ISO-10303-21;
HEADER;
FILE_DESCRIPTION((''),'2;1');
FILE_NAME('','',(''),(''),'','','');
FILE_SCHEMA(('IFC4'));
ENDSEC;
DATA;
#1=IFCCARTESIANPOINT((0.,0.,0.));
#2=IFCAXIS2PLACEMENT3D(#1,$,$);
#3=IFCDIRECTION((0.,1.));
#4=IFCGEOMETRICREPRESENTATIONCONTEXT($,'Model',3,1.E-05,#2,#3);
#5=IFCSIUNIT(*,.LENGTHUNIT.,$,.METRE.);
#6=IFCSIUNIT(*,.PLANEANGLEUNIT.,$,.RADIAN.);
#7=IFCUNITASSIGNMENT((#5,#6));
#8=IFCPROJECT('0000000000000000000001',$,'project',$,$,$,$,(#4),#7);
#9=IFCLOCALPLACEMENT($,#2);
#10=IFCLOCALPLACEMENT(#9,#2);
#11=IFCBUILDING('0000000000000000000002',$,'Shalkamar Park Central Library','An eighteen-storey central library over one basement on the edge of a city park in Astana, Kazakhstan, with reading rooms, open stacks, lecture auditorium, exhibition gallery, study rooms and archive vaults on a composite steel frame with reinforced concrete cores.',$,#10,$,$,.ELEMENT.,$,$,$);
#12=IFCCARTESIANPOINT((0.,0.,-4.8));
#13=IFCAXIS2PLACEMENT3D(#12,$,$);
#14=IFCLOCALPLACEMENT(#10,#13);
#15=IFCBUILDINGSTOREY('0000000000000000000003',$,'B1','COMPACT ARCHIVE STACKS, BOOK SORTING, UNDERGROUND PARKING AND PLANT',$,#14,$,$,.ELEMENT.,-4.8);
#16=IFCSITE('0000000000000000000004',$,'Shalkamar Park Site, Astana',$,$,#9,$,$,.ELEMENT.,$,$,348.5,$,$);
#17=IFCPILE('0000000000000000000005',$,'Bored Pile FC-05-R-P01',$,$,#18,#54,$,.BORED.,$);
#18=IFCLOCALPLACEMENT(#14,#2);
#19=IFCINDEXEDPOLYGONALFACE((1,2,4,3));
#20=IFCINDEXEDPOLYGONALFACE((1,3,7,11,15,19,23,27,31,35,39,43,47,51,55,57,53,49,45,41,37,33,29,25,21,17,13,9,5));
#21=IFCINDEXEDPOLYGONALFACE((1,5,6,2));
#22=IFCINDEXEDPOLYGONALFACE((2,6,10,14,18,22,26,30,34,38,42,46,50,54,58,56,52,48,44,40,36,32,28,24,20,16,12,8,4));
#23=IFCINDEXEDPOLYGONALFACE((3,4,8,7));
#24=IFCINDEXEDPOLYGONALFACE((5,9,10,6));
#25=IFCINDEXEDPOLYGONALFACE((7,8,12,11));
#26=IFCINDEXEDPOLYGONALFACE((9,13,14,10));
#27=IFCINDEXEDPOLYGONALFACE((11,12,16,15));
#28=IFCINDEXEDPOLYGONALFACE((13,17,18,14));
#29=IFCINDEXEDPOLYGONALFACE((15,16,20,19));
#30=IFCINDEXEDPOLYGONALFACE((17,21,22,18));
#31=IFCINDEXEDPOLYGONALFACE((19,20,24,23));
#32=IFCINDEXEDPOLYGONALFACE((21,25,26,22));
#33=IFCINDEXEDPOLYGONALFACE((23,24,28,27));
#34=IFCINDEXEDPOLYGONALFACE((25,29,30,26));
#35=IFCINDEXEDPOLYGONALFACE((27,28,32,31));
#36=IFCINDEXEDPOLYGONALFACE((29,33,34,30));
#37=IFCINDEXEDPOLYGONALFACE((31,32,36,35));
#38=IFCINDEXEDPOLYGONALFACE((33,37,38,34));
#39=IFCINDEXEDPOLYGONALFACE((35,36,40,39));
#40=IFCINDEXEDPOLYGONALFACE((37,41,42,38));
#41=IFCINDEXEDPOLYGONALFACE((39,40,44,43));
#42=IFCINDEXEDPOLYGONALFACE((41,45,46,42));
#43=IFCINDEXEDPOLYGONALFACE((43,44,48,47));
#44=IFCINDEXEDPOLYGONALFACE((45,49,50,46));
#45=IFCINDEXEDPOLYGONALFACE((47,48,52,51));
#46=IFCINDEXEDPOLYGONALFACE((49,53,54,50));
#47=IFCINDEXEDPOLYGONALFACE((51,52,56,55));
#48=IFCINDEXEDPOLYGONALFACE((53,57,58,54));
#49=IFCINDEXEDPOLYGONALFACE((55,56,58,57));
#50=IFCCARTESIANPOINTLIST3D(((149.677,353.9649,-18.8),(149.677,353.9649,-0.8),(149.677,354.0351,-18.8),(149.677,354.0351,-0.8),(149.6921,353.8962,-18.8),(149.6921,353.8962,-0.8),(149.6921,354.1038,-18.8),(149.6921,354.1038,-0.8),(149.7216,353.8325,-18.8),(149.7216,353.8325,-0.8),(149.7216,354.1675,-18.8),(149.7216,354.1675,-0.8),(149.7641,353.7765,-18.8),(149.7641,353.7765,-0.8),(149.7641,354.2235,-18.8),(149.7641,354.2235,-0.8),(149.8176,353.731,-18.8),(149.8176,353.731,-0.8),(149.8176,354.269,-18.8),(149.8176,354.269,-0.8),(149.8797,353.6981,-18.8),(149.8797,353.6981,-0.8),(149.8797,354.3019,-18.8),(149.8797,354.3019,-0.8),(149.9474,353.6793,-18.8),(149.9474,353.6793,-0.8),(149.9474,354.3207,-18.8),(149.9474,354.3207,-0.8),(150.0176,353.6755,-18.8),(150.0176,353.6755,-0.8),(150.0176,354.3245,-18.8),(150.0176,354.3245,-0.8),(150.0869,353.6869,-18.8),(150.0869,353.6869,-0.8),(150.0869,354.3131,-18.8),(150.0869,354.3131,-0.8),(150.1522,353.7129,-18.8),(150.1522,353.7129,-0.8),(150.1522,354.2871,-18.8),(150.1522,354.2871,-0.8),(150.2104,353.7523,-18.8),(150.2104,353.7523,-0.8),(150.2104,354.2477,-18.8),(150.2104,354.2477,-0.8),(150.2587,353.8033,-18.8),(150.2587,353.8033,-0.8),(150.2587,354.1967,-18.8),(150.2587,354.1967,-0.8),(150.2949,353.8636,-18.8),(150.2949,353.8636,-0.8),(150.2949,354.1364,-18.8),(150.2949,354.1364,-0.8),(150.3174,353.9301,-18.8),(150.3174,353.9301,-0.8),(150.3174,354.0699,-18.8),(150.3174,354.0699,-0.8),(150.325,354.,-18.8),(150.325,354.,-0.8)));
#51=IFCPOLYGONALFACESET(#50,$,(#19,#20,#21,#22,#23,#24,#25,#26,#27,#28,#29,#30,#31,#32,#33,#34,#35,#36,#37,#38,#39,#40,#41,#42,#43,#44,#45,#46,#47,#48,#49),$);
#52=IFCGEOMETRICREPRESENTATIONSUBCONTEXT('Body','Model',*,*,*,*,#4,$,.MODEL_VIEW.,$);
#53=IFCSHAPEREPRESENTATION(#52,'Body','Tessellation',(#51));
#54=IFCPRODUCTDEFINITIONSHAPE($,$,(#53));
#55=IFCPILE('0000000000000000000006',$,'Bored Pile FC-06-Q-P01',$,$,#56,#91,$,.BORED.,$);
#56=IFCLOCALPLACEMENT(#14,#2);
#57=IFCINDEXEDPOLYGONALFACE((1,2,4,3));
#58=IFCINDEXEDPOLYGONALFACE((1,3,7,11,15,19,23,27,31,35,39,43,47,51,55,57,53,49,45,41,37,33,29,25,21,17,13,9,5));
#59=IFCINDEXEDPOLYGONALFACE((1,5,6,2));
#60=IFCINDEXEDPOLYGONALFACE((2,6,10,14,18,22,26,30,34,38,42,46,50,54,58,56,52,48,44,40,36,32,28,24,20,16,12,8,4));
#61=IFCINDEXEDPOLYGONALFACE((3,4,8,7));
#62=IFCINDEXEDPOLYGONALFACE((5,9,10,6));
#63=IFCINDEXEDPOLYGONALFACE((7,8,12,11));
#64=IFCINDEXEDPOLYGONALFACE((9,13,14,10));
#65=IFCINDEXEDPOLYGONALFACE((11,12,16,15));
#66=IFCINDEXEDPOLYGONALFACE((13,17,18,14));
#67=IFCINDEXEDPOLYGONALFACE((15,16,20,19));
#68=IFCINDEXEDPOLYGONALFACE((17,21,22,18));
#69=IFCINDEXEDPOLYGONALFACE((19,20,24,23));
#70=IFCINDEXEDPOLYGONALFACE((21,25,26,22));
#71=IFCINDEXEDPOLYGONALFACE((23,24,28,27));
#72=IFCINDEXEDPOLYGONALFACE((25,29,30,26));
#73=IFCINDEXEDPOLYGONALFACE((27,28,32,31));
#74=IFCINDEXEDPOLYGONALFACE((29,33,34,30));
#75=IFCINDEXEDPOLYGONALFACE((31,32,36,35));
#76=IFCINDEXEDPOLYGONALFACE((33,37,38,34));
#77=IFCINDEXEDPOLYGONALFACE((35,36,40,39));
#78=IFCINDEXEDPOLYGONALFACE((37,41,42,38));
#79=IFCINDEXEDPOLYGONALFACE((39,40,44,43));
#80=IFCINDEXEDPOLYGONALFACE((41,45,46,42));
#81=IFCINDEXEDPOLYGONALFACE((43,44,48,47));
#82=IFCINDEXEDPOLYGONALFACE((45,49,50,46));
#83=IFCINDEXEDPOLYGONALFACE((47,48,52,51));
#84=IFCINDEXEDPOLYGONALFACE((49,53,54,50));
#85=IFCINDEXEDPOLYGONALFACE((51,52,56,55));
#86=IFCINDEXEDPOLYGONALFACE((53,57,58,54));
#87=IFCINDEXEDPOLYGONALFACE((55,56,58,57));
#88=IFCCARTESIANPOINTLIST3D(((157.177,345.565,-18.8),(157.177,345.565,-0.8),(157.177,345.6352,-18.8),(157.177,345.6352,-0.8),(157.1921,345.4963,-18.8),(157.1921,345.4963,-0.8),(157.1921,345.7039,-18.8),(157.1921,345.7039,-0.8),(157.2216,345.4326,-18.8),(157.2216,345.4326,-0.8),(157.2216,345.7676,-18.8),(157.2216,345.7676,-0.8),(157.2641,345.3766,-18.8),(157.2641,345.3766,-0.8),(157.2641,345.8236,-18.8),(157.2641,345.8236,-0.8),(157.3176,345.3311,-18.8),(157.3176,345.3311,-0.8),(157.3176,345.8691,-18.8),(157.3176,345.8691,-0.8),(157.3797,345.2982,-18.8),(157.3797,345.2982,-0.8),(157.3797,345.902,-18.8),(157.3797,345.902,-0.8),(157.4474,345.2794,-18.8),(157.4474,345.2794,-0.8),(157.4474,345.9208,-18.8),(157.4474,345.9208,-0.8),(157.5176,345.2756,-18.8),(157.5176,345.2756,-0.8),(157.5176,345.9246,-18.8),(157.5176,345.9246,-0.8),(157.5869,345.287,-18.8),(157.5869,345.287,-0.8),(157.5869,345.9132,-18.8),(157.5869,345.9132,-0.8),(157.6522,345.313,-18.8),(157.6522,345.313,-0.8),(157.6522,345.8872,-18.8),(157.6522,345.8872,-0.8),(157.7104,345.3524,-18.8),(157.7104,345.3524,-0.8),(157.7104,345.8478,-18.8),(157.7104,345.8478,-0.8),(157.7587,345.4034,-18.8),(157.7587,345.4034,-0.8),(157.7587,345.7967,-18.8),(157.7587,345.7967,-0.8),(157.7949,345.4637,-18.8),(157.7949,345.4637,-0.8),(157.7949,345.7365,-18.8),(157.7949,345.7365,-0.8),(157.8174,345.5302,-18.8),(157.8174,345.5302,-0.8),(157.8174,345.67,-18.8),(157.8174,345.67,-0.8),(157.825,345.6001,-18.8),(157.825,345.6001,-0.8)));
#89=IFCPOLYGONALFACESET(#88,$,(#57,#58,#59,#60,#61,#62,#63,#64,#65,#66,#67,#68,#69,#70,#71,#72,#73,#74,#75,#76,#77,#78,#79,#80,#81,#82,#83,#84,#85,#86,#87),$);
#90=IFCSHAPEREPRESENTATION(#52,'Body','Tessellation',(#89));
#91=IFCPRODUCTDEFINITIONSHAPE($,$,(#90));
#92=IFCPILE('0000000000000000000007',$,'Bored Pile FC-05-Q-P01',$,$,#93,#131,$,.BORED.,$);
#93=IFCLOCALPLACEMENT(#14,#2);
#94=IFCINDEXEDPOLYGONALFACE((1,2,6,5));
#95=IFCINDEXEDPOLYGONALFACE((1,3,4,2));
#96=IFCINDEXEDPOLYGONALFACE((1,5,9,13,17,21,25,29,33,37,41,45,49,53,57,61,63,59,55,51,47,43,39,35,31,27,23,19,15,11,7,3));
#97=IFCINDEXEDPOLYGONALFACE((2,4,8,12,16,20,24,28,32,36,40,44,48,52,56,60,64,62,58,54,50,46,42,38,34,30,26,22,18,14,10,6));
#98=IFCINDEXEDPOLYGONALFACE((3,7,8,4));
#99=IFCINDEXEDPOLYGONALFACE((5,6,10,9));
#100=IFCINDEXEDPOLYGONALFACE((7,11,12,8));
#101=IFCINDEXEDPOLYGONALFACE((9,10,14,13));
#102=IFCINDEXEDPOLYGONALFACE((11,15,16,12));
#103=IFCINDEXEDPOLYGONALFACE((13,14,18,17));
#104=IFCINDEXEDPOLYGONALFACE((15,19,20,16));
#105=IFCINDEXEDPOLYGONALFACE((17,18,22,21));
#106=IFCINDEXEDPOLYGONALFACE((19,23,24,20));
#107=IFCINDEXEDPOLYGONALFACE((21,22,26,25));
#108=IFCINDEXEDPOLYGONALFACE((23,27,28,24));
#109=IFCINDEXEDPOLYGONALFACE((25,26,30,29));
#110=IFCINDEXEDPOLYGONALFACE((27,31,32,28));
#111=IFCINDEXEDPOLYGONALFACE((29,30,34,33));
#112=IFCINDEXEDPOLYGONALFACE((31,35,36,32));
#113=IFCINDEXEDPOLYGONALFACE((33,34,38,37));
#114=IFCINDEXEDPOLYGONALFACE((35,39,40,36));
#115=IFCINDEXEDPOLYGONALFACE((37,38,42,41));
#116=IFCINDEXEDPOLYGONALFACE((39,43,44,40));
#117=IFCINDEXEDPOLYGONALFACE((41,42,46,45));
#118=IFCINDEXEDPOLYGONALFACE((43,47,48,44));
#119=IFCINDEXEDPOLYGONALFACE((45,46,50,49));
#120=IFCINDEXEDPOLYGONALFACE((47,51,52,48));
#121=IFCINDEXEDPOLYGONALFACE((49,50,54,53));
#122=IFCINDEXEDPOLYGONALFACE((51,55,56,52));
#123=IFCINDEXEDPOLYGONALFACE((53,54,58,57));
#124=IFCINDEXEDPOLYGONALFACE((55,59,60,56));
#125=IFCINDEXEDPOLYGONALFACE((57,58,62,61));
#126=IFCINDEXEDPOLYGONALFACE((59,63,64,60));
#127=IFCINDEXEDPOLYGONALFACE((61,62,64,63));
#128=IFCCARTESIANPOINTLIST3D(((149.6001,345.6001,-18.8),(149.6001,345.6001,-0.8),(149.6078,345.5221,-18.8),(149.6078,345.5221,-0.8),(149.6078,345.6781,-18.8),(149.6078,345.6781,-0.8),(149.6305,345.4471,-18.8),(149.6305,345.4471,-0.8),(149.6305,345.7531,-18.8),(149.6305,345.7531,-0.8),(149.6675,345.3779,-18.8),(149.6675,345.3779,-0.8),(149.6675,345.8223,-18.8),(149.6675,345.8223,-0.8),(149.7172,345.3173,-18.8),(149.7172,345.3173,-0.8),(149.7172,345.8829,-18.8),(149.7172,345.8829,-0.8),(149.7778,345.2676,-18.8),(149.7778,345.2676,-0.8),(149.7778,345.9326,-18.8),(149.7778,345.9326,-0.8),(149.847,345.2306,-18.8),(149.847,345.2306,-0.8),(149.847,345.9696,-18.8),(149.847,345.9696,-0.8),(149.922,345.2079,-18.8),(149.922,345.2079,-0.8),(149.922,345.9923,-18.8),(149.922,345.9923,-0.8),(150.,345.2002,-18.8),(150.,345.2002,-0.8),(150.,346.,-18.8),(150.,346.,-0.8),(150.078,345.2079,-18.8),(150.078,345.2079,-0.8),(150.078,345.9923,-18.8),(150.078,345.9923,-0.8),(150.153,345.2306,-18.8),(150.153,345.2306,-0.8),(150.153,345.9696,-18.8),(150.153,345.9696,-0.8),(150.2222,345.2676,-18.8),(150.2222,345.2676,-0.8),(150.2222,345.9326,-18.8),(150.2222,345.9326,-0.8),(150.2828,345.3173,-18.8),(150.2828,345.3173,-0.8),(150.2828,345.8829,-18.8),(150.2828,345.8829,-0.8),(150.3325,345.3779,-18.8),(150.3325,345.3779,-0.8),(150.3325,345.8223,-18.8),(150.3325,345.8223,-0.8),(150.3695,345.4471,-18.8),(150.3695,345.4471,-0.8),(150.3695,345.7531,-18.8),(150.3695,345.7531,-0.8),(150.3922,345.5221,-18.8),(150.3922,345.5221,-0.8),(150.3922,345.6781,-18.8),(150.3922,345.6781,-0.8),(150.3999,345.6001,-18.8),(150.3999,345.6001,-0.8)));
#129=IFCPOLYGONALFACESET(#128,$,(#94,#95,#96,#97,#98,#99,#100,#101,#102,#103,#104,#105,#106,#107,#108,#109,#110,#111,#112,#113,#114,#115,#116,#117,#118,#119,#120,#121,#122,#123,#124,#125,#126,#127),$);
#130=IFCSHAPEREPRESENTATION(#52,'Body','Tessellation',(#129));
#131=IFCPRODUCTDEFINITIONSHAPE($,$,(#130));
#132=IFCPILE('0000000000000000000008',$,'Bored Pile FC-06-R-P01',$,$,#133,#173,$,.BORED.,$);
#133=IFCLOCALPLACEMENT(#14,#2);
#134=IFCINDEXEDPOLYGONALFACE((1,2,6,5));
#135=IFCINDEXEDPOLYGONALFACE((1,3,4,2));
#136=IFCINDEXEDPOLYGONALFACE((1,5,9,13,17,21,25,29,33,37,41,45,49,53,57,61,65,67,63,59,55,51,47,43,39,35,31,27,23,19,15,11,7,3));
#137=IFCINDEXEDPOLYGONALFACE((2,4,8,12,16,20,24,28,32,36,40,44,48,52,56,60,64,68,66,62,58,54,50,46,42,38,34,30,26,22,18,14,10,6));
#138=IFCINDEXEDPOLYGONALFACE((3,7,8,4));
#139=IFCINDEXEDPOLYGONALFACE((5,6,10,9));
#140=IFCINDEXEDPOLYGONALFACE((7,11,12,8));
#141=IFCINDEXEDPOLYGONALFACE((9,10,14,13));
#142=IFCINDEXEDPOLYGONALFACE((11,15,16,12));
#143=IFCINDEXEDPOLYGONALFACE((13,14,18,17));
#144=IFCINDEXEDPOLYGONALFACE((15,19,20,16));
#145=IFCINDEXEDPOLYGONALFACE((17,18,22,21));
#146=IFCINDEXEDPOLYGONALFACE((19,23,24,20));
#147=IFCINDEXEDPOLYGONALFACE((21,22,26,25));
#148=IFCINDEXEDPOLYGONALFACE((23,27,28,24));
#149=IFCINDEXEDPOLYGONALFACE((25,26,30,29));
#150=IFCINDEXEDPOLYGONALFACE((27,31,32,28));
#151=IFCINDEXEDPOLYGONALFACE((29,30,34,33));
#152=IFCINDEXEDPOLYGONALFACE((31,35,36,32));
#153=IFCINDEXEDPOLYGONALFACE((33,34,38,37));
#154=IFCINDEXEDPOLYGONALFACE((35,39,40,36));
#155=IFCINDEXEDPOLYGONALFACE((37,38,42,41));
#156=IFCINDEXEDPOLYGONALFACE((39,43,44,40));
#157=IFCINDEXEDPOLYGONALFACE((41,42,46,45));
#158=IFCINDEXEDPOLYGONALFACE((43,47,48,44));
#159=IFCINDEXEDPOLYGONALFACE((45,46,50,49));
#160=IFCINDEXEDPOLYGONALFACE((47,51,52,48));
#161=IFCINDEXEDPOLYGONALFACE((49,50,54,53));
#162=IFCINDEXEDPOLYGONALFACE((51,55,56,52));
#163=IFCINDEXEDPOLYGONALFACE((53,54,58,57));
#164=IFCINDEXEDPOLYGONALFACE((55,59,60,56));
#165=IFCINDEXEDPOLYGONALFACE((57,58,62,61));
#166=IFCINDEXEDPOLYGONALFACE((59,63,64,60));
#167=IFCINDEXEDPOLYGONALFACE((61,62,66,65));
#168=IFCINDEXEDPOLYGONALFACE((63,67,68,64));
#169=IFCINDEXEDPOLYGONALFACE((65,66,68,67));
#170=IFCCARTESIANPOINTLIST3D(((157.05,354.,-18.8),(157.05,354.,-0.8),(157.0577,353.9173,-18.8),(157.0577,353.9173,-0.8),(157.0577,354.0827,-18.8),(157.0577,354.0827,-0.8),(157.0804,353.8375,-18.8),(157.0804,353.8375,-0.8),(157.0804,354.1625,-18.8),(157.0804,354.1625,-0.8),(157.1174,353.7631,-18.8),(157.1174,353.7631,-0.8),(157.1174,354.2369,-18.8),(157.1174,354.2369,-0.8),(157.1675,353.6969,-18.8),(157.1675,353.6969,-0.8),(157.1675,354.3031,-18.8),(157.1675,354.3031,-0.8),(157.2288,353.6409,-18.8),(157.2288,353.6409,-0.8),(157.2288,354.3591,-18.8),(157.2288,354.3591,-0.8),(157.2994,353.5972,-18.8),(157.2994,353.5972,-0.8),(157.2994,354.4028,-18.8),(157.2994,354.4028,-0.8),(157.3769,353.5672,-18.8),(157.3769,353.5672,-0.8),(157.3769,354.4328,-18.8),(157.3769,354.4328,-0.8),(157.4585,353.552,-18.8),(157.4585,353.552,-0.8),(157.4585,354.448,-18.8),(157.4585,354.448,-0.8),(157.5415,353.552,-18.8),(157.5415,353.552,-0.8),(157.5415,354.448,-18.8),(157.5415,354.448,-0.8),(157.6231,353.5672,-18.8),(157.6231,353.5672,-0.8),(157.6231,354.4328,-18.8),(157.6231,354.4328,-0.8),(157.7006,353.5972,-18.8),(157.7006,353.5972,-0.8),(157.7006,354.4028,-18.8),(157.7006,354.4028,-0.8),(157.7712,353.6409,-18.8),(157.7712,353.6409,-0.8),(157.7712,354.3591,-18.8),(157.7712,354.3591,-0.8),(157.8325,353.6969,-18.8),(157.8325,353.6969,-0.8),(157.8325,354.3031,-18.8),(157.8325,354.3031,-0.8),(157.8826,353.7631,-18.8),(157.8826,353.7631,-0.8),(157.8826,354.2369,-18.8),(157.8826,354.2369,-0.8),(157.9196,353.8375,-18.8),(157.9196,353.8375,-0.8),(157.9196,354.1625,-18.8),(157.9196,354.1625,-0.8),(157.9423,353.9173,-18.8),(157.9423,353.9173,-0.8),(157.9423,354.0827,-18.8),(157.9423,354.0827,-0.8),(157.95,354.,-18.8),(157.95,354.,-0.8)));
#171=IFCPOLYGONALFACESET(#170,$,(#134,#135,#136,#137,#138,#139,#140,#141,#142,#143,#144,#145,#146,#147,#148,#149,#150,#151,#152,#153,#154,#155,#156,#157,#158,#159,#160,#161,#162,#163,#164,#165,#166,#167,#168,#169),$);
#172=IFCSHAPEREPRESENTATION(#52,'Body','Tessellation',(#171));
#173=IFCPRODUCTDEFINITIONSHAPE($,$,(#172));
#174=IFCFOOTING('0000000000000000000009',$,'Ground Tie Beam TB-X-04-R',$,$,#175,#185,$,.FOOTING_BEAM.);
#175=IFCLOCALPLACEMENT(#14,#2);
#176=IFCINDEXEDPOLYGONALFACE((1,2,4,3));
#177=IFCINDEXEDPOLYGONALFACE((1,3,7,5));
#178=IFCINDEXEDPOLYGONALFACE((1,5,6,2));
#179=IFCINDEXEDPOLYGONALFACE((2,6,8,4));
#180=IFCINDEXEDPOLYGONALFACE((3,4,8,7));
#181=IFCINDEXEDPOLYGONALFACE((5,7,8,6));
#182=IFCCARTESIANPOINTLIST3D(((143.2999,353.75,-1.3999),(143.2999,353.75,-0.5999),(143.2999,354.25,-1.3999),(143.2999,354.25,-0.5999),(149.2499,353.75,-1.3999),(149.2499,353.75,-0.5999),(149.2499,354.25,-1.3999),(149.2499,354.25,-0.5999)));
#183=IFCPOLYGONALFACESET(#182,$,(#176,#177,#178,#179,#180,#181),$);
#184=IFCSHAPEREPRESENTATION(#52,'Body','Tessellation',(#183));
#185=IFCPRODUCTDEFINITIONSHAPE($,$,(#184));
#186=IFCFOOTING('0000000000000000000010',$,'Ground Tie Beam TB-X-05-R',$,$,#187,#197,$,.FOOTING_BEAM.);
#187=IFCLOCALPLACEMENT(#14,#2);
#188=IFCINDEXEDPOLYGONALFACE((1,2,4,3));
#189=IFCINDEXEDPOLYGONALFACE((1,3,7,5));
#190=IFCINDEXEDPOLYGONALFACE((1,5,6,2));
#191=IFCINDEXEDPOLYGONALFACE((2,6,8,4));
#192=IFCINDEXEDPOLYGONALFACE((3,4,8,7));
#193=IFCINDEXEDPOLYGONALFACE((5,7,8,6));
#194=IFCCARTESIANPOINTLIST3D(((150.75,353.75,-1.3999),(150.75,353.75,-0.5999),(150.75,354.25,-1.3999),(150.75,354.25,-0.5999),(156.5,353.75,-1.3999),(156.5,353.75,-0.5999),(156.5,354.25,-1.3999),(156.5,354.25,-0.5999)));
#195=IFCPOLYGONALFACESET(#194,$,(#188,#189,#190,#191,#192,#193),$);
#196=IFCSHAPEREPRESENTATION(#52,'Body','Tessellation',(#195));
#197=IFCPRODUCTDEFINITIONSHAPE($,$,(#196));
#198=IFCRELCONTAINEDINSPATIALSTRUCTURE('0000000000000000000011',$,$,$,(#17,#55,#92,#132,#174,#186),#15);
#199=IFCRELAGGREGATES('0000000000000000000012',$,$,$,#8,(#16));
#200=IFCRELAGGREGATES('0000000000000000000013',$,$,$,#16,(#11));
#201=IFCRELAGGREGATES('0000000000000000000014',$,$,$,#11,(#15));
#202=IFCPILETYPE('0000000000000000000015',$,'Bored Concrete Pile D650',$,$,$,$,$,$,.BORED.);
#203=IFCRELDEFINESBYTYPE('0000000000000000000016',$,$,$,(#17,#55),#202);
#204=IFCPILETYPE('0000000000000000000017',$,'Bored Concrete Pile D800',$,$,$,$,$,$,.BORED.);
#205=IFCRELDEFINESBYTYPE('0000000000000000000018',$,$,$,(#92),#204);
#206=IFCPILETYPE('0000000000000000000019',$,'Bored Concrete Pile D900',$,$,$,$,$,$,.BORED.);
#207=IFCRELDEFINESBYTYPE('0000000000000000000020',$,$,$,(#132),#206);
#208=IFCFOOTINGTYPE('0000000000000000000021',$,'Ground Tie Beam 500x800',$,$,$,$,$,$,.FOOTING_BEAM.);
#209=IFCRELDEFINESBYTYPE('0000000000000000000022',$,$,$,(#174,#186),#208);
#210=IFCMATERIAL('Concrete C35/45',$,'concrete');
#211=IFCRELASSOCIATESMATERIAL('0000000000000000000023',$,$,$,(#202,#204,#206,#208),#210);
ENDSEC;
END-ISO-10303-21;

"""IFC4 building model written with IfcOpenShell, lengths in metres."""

from ifc_helpers import new_model, si_unit, direction, frame, origin, origin_2d, place, context, subcontext, project, spatial, rectangle, circle, extrude, material, material_profile, profile_set, type_object, element, save


model = new_model("IFC4")

# Units and contexts
model_context = context("Model", 3, precision=1e-05, world=origin(), true_north=direction((0.0, 1.0)))
body_context = subcontext(model_context, "Body", "Model", "MODEL_VIEW")
ifc_project = project(units=[si_unit("LENGTHUNIT", "METRE"), si_unit("PLANEANGLEUNIT", "RADIAN")], contexts=[model_context])

# Site, building, storey
site_placement = place(None, origin())
site = spatial("IfcSite", under=ifc_project, at=site_placement, Name="Shalkamar Park Site, Astana", CompositionType="ELEMENT", RefElevation=348.5)
building_placement = place(site_placement, origin())
building = spatial("IfcBuilding", under=site, at=building_placement, Name="Shalkamar Park Central Library", Description="An eighteen-storey central library over one basement on the edge of a city park in Astana, Kazakhstan, with reading rooms, open stacks, lecture auditorium, exhibition gallery, study rooms and archive vaults on a composite steel frame with reinforced concrete cores.", CompositionType="ELEMENT")
storey_placement = place(building_placement, frame((0.0, 0.0, -4.8)))
storey = spatial("IfcBuildingStorey", under=building, at=storey_placement, Name="B1", Description="COMPACT ARCHIVE STACKS, BOOK SORTING, UNDERGROUND PARKING AND PLANT", CompositionType="ELEMENT", Elevation=-4.8)

# Piles
ifc_material_1 = material(Name="Concrete C35/45", Category="concrete")
ifc_material_profile_1 = material_profile(ifc_material_1, circle(Radius=0.325, at=origin_2d()), Name="PILE D650")
ifc_profile_set_1 = profile_set([ifc_material_profile_1], Name="Concrete C35/45")
pile_type_1 = type_object("IfcPileType", Name="Bored Concrete Pile D650", PredefinedType="BORED", material=ifc_profile_set_1)
for number, where, z_axis, x_axis, name in (
    (1, (150.0, 354.0, -0.8), (0.0, 0.0, -1.0), (1.0, 0.0, 0.0), "Bored Pile FC-05-R-P01"),
    (2, (157.5, 345.6001, -0.8), (0.0, 0.0, -1.0), (1.0, 0.0, 0.0), "Bored Pile FC-06-Q-P01"),
):
    element("IfcPile", number, at=place(storey_placement, frame(where, z_axis=z_axis, x_axis=x_axis)), inside=storey, type_object=pile_type_1, Name=name, PredefinedType="BORED", context=body_context, shape_type="SweptSolid", body=[
        extrude(circle(Radius=0.325, at=origin_2d()), origin(), (0.0, 0.0, 1.0), 18.0),
    ])
ifc_material_profile_2 = material_profile(ifc_material_1, circle(Radius=0.3999, at=origin_2d()), Name="PILE D800")
ifc_profile_set_2 = profile_set([ifc_material_profile_2], Name="Concrete C35/45")
pile_type_2 = type_object("IfcPileType", Name="Bored Concrete Pile D800", PredefinedType="BORED", material=ifc_profile_set_2)
pile_1_placement = place(storey_placement, frame((150.0, 345.6001, -0.8), z_axis=(0.0, 0.0, -1.0), x_axis=(1.0, 0.0, 0.0)))
element("IfcPile", 3, at=pile_1_placement, inside=storey, type_object=pile_type_2, Name="Bored Pile FC-05-Q-P01", PredefinedType="BORED", context=body_context, shape_type="SweptSolid", body=[
    extrude(circle(Radius=0.3999, at=origin_2d()), origin(), (0.0, 0.0, 1.0), 18.0),
])
ifc_material_profile_3 = material_profile(ifc_material_1, circle(Radius=0.45, at=origin_2d()), Name="PILE D900")
ifc_profile_set_3 = profile_set([ifc_material_profile_3], Name="Concrete C35/45")
pile_type_3 = type_object("IfcPileType", Name="Bored Concrete Pile D900", PredefinedType="BORED", material=ifc_profile_set_3)
pile_2_placement = place(storey_placement, frame((157.5, 354.0, -0.8), z_axis=(0.0, 0.0, -1.0), x_axis=(1.0, 0.0, 0.0)))
element("IfcPile", 4, at=pile_2_placement, inside=storey, type_object=pile_type_3, Name="Bored Pile FC-06-R-P01", PredefinedType="BORED", context=body_context, shape_type="SweptSolid", body=[
    extrude(circle(Radius=0.45, at=origin_2d()), origin(), (0.0, 0.0, 1.0), 18.0),
])

# Footings
footing_type_1 = type_object("IfcFootingType", Name="Ground Tie Beam 500x800", PredefinedType="FOOTING_BEAM", material=ifc_material_1)
footing_1_placement = place(storey_placement, frame((146.2749, 354.0, -1.3999), z_axis=(0.0, 0.0, 1.0), x_axis=(1.0, 0.0, 0.0)))
element("IfcFooting", 5, at=footing_1_placement, inside=storey, type_object=footing_type_1, Name="Ground Tie Beam TB-X-04-R", PredefinedType="FOOTING_BEAM", context=body_context, shape_type="SweptSolid", body=[
    extrude(rectangle(XDim=5.95, YDim=0.5, at=origin_2d()), origin(), (0.0, 0.0, 1.0), 0.8),
])
footing_2_placement = place(storey_placement, frame((153.625, 354.0, -1.3999), z_axis=(0.0, 0.0, 1.0), x_axis=(1.0, 0.0, 0.0)))
element("IfcFooting", 6, at=footing_2_placement, inside=storey, type_object=footing_type_1, Name="Ground Tie Beam TB-X-05-R", PredefinedType="FOOTING_BEAM", context=body_context, shape_type="SweptSolid", body=[
    extrude(rectangle(XDim=5.75, YDim=0.5, at=origin_2d()), origin(), (0.0, 0.0, 1.0), 0.8),
])

save(model, "model.ifc")
